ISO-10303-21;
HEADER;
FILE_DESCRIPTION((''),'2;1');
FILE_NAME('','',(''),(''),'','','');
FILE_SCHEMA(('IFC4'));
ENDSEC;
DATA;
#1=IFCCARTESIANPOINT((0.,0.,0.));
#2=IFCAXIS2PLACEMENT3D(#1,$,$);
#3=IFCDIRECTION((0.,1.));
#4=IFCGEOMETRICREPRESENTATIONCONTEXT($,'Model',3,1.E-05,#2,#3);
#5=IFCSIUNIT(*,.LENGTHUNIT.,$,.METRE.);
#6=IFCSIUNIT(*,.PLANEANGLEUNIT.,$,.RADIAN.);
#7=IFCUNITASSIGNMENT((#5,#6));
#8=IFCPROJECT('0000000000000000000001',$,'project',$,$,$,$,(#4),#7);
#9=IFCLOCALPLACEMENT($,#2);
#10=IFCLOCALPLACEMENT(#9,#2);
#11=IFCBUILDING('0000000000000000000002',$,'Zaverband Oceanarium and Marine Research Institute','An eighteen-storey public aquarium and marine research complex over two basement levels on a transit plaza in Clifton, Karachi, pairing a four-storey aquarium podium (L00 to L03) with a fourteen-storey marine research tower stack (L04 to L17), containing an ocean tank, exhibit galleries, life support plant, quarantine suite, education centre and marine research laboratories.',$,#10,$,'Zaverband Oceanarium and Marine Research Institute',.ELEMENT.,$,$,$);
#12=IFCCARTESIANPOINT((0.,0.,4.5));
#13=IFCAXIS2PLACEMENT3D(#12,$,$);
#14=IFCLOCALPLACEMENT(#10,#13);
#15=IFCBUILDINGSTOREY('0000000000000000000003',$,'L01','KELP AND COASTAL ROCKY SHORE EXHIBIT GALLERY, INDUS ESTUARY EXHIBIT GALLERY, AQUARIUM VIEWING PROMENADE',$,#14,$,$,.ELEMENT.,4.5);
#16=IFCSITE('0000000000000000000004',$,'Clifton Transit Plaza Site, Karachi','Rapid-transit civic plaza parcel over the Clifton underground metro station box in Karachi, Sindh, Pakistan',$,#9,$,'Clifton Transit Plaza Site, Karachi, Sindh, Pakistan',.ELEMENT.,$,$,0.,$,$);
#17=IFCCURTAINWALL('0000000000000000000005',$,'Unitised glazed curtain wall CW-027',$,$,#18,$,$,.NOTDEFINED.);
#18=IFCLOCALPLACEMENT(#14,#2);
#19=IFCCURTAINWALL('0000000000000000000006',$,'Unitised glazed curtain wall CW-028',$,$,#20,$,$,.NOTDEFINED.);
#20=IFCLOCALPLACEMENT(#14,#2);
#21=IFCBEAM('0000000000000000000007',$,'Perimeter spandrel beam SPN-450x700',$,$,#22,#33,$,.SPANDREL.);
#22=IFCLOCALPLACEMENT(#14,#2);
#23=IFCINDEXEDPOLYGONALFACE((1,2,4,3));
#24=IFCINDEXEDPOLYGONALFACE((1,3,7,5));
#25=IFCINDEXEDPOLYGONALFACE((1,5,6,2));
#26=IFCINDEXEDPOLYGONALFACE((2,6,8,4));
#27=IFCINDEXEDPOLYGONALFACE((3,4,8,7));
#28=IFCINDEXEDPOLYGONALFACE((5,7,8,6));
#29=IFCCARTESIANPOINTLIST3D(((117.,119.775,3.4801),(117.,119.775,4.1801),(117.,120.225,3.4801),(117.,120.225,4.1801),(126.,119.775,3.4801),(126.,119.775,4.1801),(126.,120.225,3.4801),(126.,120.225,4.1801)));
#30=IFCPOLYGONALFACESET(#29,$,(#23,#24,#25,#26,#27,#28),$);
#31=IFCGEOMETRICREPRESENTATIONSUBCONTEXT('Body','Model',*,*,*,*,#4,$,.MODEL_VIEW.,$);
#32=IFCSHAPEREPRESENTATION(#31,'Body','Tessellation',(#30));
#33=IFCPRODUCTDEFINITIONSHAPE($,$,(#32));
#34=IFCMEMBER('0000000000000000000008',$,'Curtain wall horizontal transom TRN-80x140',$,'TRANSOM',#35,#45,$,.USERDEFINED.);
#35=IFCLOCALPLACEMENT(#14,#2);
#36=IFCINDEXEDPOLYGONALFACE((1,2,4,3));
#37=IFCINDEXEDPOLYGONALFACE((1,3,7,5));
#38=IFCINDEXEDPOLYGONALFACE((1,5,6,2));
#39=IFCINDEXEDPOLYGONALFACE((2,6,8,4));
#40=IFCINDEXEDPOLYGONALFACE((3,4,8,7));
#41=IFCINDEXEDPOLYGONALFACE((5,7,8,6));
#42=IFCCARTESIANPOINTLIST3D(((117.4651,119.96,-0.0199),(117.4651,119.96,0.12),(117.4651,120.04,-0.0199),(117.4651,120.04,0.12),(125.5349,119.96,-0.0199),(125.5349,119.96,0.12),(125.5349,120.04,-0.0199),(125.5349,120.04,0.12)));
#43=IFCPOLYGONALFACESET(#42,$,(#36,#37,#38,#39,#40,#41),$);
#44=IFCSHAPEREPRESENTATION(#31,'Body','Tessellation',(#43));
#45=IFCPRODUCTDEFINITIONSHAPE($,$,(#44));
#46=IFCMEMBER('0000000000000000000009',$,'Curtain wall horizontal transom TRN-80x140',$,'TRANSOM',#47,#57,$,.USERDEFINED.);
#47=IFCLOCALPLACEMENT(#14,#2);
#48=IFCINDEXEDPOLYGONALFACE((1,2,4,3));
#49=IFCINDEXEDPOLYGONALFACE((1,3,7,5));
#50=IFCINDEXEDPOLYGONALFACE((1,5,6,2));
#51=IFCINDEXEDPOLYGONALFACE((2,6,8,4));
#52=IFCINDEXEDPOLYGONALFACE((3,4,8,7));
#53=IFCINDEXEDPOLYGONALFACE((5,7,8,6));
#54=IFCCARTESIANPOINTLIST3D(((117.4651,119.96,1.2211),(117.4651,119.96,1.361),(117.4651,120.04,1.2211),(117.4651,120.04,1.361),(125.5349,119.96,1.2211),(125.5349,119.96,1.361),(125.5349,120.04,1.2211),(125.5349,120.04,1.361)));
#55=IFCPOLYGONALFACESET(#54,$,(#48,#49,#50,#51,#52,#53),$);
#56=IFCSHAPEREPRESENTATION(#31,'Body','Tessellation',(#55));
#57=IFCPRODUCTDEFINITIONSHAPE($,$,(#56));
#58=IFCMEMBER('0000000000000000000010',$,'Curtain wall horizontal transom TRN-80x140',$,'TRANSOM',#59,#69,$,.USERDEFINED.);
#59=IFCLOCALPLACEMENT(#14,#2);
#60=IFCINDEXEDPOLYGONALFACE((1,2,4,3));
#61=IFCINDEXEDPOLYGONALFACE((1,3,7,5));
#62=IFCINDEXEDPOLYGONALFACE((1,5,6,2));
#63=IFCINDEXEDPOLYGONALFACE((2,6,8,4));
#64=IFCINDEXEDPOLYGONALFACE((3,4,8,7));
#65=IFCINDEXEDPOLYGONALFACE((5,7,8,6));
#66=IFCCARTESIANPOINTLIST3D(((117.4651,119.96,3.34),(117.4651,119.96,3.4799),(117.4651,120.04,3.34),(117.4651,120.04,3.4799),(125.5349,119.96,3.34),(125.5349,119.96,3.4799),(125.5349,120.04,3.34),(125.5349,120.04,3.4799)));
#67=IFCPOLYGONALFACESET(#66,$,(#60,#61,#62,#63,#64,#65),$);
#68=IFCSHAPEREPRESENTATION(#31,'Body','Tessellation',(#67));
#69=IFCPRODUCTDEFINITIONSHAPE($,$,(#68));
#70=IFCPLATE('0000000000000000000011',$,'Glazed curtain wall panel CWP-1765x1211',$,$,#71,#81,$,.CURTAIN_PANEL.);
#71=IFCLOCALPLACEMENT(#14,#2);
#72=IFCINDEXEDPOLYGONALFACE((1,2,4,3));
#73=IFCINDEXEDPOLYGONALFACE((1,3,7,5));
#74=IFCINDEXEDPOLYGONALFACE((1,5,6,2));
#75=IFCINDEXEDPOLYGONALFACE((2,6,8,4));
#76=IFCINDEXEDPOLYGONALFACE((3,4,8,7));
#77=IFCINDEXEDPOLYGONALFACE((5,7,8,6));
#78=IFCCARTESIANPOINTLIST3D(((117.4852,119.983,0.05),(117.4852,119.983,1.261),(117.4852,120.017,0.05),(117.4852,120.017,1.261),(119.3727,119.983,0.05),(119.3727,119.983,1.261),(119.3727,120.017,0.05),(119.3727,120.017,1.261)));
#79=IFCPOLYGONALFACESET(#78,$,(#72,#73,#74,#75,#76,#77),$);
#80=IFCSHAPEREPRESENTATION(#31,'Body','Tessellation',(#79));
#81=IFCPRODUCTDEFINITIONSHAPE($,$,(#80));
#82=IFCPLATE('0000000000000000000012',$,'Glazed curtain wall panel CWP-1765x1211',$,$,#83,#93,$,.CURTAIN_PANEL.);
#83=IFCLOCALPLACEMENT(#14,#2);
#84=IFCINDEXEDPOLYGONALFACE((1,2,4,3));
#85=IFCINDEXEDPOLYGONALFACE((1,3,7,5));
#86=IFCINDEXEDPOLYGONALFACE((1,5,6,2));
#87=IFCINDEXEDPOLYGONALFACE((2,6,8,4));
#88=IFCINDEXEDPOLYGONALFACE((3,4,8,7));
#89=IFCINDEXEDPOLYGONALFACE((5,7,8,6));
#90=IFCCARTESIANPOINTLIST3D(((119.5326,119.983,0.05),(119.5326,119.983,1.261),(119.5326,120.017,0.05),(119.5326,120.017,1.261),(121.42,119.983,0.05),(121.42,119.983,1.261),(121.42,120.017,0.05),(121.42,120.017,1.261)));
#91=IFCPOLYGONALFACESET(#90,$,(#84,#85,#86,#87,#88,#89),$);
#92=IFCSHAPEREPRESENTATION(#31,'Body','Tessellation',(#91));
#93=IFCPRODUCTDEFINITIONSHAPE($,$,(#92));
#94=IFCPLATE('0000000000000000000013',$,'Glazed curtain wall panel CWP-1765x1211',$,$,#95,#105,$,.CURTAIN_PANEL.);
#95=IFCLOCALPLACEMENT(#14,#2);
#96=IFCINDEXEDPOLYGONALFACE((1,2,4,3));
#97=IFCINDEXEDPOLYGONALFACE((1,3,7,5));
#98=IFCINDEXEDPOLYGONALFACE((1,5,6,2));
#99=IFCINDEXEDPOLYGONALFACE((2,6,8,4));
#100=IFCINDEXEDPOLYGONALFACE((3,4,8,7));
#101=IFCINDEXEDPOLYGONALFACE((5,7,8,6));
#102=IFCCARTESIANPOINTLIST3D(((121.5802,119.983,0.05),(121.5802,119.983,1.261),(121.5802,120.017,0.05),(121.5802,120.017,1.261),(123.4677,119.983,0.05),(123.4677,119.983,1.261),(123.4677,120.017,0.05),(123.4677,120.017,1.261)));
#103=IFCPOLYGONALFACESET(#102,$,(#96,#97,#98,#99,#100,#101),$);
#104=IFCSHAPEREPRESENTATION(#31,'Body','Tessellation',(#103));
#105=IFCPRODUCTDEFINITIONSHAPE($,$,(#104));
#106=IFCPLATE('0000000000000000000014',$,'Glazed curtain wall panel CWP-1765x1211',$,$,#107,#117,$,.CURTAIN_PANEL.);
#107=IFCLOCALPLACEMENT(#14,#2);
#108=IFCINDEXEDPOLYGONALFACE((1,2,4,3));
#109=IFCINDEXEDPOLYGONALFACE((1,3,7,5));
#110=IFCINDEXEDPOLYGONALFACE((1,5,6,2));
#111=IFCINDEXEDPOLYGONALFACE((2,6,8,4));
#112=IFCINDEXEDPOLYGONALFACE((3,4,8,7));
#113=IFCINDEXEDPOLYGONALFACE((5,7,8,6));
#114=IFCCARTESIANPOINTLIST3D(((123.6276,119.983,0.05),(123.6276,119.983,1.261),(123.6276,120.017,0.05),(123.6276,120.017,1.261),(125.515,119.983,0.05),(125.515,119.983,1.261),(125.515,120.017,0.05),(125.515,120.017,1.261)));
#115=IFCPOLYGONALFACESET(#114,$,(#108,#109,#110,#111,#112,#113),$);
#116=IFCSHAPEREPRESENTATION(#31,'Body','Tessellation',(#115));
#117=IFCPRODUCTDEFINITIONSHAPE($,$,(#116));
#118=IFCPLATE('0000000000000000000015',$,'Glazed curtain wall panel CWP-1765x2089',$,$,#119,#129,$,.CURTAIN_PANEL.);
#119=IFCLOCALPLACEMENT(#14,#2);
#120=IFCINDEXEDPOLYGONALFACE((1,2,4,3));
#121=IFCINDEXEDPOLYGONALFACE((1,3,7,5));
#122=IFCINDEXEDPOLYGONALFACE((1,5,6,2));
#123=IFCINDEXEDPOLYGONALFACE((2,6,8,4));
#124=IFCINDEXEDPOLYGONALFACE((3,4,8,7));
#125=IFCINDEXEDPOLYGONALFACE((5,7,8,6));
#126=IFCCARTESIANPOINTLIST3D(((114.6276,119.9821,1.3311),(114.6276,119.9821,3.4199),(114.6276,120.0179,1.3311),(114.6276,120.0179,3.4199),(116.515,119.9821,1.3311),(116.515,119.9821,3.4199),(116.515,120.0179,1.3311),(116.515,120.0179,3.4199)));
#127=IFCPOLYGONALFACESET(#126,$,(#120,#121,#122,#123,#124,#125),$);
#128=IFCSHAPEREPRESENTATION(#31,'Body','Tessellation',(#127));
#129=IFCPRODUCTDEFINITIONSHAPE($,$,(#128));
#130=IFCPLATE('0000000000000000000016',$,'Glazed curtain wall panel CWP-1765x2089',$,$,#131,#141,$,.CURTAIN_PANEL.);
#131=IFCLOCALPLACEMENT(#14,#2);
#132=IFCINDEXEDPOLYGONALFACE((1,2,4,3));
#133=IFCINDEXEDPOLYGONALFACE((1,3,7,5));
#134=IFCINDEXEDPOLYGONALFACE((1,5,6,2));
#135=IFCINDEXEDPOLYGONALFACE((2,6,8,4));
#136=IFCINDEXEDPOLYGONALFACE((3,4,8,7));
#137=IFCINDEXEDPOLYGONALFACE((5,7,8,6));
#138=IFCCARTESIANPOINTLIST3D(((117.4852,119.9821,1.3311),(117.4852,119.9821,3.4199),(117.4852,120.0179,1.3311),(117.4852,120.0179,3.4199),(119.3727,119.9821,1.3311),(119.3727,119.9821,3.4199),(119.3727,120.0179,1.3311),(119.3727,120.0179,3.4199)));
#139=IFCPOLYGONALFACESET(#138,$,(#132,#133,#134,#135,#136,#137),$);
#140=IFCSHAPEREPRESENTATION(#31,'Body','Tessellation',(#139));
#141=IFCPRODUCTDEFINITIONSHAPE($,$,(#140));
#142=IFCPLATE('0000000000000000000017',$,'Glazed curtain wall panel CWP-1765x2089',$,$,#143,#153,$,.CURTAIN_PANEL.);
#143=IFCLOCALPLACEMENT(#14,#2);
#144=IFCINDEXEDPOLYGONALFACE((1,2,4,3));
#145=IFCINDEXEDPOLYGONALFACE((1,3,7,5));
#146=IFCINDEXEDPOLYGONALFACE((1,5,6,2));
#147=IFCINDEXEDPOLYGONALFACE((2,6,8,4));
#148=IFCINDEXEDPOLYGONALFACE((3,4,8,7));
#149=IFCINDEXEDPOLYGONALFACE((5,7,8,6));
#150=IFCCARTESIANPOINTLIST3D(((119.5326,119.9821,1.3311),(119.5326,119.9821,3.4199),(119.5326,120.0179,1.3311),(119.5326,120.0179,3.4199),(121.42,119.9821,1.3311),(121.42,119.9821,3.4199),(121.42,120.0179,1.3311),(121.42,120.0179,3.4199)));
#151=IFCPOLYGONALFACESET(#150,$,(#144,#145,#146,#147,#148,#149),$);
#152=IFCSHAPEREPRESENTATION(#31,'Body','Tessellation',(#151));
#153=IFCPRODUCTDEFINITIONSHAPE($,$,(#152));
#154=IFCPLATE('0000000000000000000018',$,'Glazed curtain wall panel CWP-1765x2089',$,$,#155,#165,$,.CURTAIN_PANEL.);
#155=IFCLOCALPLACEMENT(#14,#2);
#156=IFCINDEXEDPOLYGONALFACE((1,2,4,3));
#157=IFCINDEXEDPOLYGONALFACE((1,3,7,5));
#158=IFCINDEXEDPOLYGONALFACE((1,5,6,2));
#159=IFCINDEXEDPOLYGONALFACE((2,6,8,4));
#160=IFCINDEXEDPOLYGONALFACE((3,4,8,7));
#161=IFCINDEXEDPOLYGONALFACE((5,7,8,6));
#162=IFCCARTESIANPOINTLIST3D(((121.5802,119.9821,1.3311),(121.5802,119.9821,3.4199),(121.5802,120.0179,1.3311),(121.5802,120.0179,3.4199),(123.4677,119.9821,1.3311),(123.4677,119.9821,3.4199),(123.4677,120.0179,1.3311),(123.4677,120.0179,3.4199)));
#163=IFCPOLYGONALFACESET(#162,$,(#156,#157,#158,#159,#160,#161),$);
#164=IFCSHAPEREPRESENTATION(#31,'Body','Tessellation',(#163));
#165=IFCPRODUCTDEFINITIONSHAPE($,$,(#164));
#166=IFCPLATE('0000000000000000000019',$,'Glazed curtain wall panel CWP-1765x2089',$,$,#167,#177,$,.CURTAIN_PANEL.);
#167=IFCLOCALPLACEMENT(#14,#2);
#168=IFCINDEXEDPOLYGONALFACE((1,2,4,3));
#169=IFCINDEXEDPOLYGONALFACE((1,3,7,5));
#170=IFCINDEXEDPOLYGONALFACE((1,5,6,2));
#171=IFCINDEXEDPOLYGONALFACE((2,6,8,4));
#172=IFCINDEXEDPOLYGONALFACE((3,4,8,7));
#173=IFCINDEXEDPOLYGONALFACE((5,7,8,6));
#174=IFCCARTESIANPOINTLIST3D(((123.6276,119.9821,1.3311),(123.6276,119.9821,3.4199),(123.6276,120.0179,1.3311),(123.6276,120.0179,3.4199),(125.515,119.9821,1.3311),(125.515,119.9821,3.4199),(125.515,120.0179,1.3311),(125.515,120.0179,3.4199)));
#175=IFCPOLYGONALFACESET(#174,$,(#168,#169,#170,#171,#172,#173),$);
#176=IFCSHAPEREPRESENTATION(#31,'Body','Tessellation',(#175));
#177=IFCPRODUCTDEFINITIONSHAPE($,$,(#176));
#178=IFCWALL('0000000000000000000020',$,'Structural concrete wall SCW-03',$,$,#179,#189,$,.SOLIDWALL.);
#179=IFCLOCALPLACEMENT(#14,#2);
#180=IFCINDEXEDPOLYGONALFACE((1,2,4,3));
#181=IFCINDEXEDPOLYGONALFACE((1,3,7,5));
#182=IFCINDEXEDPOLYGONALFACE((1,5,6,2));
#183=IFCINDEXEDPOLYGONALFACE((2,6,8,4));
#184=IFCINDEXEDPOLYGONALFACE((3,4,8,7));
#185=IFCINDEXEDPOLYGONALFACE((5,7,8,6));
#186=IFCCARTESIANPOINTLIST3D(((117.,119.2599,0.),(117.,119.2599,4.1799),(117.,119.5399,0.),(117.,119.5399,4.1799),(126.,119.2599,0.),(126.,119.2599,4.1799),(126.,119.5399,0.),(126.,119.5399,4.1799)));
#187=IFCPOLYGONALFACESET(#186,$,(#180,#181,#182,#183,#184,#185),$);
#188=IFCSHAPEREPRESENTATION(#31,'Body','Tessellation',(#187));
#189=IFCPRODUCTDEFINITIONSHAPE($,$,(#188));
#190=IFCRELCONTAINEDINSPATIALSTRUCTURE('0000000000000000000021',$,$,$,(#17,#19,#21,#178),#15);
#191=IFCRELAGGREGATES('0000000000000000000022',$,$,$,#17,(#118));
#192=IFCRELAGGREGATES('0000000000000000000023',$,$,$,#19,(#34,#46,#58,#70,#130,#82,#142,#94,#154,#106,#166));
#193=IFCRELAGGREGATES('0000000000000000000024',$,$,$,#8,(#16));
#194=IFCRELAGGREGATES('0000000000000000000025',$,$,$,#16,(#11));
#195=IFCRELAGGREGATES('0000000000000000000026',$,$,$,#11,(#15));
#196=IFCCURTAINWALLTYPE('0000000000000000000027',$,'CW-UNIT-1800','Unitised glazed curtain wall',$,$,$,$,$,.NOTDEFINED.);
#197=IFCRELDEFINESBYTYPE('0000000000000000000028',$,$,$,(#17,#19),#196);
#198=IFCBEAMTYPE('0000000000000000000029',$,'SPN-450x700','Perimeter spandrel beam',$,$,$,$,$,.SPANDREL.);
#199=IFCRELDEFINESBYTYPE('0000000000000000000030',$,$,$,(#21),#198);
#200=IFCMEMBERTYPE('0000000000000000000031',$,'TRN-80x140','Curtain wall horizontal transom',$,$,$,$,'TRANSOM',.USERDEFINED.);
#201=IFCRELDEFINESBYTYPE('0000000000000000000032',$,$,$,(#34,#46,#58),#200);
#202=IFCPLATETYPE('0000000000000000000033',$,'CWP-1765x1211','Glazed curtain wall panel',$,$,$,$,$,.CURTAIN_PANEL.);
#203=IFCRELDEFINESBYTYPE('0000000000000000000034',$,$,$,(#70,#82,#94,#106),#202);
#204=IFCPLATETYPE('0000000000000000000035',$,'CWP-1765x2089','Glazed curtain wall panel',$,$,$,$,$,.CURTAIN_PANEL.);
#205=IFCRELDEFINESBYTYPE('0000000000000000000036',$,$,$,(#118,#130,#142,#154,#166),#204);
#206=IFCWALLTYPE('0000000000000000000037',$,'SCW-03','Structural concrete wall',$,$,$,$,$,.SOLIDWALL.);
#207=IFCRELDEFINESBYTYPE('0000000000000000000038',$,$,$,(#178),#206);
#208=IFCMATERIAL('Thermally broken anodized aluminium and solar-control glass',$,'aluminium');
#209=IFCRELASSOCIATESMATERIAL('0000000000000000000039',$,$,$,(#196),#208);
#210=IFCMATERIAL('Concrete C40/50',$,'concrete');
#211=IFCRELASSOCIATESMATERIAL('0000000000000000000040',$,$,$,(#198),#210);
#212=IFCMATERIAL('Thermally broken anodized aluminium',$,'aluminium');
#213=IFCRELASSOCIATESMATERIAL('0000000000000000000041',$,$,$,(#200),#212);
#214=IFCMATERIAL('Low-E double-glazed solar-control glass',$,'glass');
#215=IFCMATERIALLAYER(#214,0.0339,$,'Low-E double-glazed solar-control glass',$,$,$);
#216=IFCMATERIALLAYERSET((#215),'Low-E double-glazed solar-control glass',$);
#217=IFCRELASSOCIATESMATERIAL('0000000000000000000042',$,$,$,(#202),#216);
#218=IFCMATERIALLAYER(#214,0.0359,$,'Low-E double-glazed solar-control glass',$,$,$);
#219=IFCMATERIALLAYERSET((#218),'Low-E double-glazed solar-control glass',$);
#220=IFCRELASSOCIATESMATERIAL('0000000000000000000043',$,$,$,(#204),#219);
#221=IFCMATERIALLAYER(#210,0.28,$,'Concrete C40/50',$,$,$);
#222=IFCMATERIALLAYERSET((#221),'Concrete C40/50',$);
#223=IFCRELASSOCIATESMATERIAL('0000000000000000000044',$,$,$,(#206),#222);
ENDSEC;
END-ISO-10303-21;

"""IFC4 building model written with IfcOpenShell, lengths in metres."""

from ifc_helpers import new_model, si_unit, direction, frame, frame_2d, origin, origin_2d, place, context, subcontext, project, spatial, rectangle, extrude, material, layer, layer_set, material_profile, profile_set, type_object, element, aggregate, save


model = new_model("IFC4")

# Units and contexts
model_context = context("Model", 3, precision=1e-05, world=origin(), true_north=direction((0.0, 1.0)))
body_context = subcontext(model_context, "Body", "Model", "MODEL_VIEW")
ifc_project = project(units=[si_unit("LENGTHUNIT", "METRE"), si_unit("PLANEANGLEUNIT", "RADIAN")], contexts=[model_context])

# Site, building, storey
site_placement = place(None, origin())
site = spatial("IfcSite", under=ifc_project, at=site_placement, Name="Clifton Transit Plaza Site, Karachi", Description="Rapid-transit civic plaza parcel over the Clifton underground metro station box in Karachi, Sindh, Pakistan", LongName="Clifton Transit Plaza Site, Karachi, Sindh, Pakistan", CompositionType="ELEMENT", RefElevation=0.0)
building_placement = place(site_placement, origin())
building = spatial("IfcBuilding", under=site, at=building_placement, Name="Zaverband Oceanarium and Marine Research Institute", Description="An eighteen-storey public aquarium and marine research complex over two basement levels on a transit plaza in Clifton, Karachi, pairing a four-storey aquarium podium (L00 to L03) with a fourteen-storey marine research tower stack (L04 to L17), containing an ocean tank, exhibit galleries, life support plant, quarantine suite, education centre and marine research laboratories.", LongName="Zaverband Oceanarium and Marine Research Institute", CompositionType="ELEMENT")
storey_placement = place(building_placement, frame((0.0, 0.0, 4.5)))
storey = spatial("IfcBuildingStorey", under=building, at=storey_placement, Name="L01", Description="KELP AND COASTAL ROCKY SHORE EXHIBIT GALLERY, INDUS ESTUARY EXHIBIT GALLERY, AQUARIUM VIEWING PROMENADE", CompositionType="ELEMENT", Elevation=4.5)

# Shared definitions
ifc_material_1 = material(Name="Concrete C40/50", Category="concrete")

# Curtain wall
ifc_material_2 = material(Name="Thermally broken anodized aluminium and solar-control glass", Category="aluminium")
curtain_wall_type = type_object("IfcCurtainWallType", Name="CW-UNIT-1800", Description="Unitised glazed curtain wall", PredefinedType="NOTDEFINED", material=ifc_material_2)
curtain_wall_1_placement = place(storey_placement, origin())
curtain_wall_1 = element("IfcCurtainWall", 1, at=curtain_wall_1_placement, inside=storey, type_object=curtain_wall_type, Name="Unitised glazed curtain wall CW-027", PredefinedType="NOTDEFINED")
ifc_material_3 = material(Name="Thermally broken anodized aluminium", Category="aluminium")

# Curtain wall
curtain_wall_2_placement = place(storey_placement, origin())
curtain_wall_2 = element("IfcCurtainWall", 2, at=curtain_wall_2_placement, inside=storey, type_object=curtain_wall_type, Name="Unitised glazed curtain wall CW-028", PredefinedType="NOTDEFINED")

# Beam
ifc_material_profile_1 = material_profile(ifc_material_1, rectangle(XDim=0.45, YDim=0.7, at=origin_2d()), Name="RC450x700")
ifc_profile_set_1 = profile_set([ifc_material_profile_1], Name="Concrete C40/50")
beam_type_1 = type_object("IfcBeamType", Name="SPN-450x700", Description="Perimeter spandrel beam", PredefinedType="SPANDREL", material=ifc_profile_set_1)
beam_placement = place(storey_placement, frame((117.0, 120.0, 3.8301), z_axis=(1.0, 0.0, 0.0), x_axis=(0.0, 1.0, 0.0)))
element("IfcBeam", 3, at=beam_placement, inside=storey, type_object=beam_type_1, Name="Perimeter spandrel beam SPN-450x700", PredefinedType="SPANDREL", context=body_context, shape_type="SweptSolid", body=[
    extrude(rectangle(XDim=0.45, YDim=0.7, at=origin_2d()), origin(), (0.0, 0.0, 1.0), 9.0),
])

# Members
ifc_material_profile_2 = material_profile(ifc_material_3, rectangle(XDim=0.0801, YDim=0.1399, at=origin_2d()), Name="AL-TRN-80x140")
ifc_profile_set_2 = profile_set([ifc_material_profile_2], Name="Thermally broken anodized aluminium")
member_type_1 = type_object("IfcMemberType", Name="TRN-80x140", Description="Curtain wall horizontal transom", ElementType="TRANSOM", PredefinedType="USERDEFINED", material=ifc_profile_set_2)
member_1_placement = place(storey_placement, frame((117.4651, 120.0, 0.05), z_axis=(1.0, 0.0, 0.0), x_axis=(0.0, 1.0, 0.0)))
member_1 = element("IfcMember", 4, at=member_1_placement, type_object=member_type_1, Name="Curtain wall horizontal transom TRN-80x140", ObjectType="TRANSOM", PredefinedType="USERDEFINED", context=body_context, shape_type="SweptSolid", body=[
    extrude(rectangle(XDim=0.0801, YDim=0.1399, at=origin_2d()), origin(), (0.0, 0.0, 1.0), 8.0698),
])
member_2_placement = place(storey_placement, frame((117.4651, 120.0, 1.291), z_axis=(1.0, 0.0, 0.0), x_axis=(0.0, 1.0, 0.0)))
member_2 = element("IfcMember", 5, at=member_2_placement, type_object=member_type_1, Name="Curtain wall horizontal transom TRN-80x140", ObjectType="TRANSOM", PredefinedType="USERDEFINED", context=body_context, shape_type="SweptSolid", body=[
    extrude(rectangle(XDim=0.0801, YDim=0.1399, at=origin_2d()), origin(), (0.0, 0.0, 1.0), 8.0698),
])
member_3_placement = place(storey_placement, frame((117.4651, 120.0, 3.4099), z_axis=(1.0, 0.0, 0.0), x_axis=(0.0, 1.0, 0.0)))
member_3 = element("IfcMember", 6, at=member_3_placement, type_object=member_type_1, Name="Curtain wall horizontal transom TRN-80x140", ObjectType="TRANSOM", PredefinedType="USERDEFINED", context=body_context, shape_type="SweptSolid", body=[
    extrude(rectangle(XDim=0.0801, YDim=0.1399, at=origin_2d()), origin(), (0.0, 0.0, 1.0), 8.0698),
])

# Plates
ifc_material_4 = material(Name="Low-E double-glazed solar-control glass", Category="glass")
ifc_layer_1 = layer(ifc_material_4, 0.0339, Name="Low-E double-glazed solar-control glass")
ifc_layer_set_1 = layer_set([ifc_layer_1], Name="Low-E double-glazed solar-control glass")
plate_type_1 = type_object("IfcPlateType", Name="CWP-1765x1211", Description="Glazed curtain wall panel", PredefinedType="CURTAIN_PANEL", material=ifc_layer_set_1)
plate_1_placement = place(storey_placement, frame((117.4851, 120.0, 0.05), z_axis=(0.0, 0.0, 1.0), x_axis=(1.0, 0.0, 0.0)))
plate_1 = element("IfcPlate", 7, at=plate_1_placement, type_object=plate_type_1, Name="Glazed curtain wall panel CWP-1765x1211", PredefinedType="CURTAIN_PANEL", context=body_context, shape_type="SweptSolid", body=[
    extrude(rectangle(XDim=1.8875, YDim=0.0339, at=frame_2d((0.9438, 0.0))), origin(), (0.0, 0.0, 1.0), 1.2109),
])
plate_2_placement = place(storey_placement, frame((119.5325, 120.0, 0.05), z_axis=(0.0, 0.0, 1.0), x_axis=(1.0, 0.0, 0.0)))
plate_2 = element("IfcPlate", 8, at=plate_2_placement, type_object=plate_type_1, Name="Glazed curtain wall panel CWP-1765x1211", PredefinedType="CURTAIN_PANEL", context=body_context, shape_type="SweptSolid", body=[
    extrude(rectangle(XDim=1.8875, YDim=0.0339, at=frame_2d((0.9438, 0.0))), origin(), (0.0, 0.0, 1.0), 1.2109),
])
plate_3_placement = place(storey_placement, frame((121.5801, 120.0, 0.05), z_axis=(0.0, 0.0, 1.0), x_axis=(1.0, 0.0, 0.0)))
plate_3 = element("IfcPlate", 9, at=plate_3_placement, type_object=plate_type_1, Name="Glazed curtain wall panel CWP-1765x1211", PredefinedType="CURTAIN_PANEL", context=body_context, shape_type="SweptSolid", body=[
    extrude(rectangle(XDim=1.8875, YDim=0.0339, at=frame_2d((0.9438, 0.0))), origin(), (0.0, 0.0, 1.0), 1.2109),
])
plate_4_placement = place(storey_placement, frame((123.6274, 120.0, 0.05), z_axis=(0.0, 0.0, 1.0), x_axis=(1.0, 0.0, 0.0)))
plate_4 = element("IfcPlate", 10, at=plate_4_placement, type_object=plate_type_1, Name="Glazed curtain wall panel CWP-1765x1211", PredefinedType="CURTAIN_PANEL", context=body_context, shape_type="SweptSolid", body=[
    extrude(rectangle(XDim=1.8875, YDim=0.0339, at=frame_2d((0.9438, 0.0))), origin(), (0.0, 0.0, 1.0), 1.2109),
])
ifc_layer_2 = layer(ifc_material_4, 0.0359, Name="Low-E double-glazed solar-control glass")
ifc_layer_set_2 = layer_set([ifc_layer_2], Name="Low-E double-glazed solar-control glass")
plate_type_2 = type_object("IfcPlateType", Name="CWP-1765x2089", Description="Glazed curtain wall panel", PredefinedType="CURTAIN_PANEL", material=ifc_layer_set_2)
plate_5_placement = place(storey_placement, frame((114.6274, 120.0, 1.3311), z_axis=(0.0, 0.0, 1.0), x_axis=(1.0, 0.0, 0.0)))
plate_5 = element("IfcPlate", 11, at=plate_5_placement, type_object=plate_type_2, Name="Glazed curtain wall panel CWP-1765x2089", PredefinedType="CURTAIN_PANEL", context=body_context, shape_type="SweptSolid", body=[
    extrude(rectangle(XDim=1.8875, YDim=0.0359, at=frame_2d((0.9438, 0.0))), origin(), (0.0, 0.0, 1.0), 2.0889),
])
aggregate(curtain_wall_1, [plate_5])
plate_6_placement = place(storey_placement, frame((117.4851, 120.0, 1.3311), z_axis=(0.0, 0.0, 1.0), x_axis=(1.0, 0.0, 0.0)))
plate_6 = element("IfcPlate", 12, at=plate_6_placement, type_object=plate_type_2, Name="Glazed curtain wall panel CWP-1765x2089", PredefinedType="CURTAIN_PANEL", context=body_context, shape_type="SweptSolid", body=[
    extrude(rectangle(XDim=1.8875, YDim=0.0359, at=frame_2d((0.9438, 0.0))), origin(), (0.0, 0.0, 1.0), 2.0889),
])
plate_7_placement = place(storey_placement, frame((119.5325, 120.0, 1.3311), z_axis=(0.0, 0.0, 1.0), x_axis=(1.0, 0.0, 0.0)))
plate_7 = element("IfcPlate", 13, at=plate_7_placement, type_object=plate_type_2, Name="Glazed curtain wall panel CWP-1765x2089", PredefinedType="CURTAIN_PANEL", context=body_context, shape_type="SweptSolid", body=[
    extrude(rectangle(XDim=1.8875, YDim=0.0359, at=frame_2d((0.9438, 0.0))), origin(), (0.0, 0.0, 1.0), 2.0889),
])
plate_8_placement = place(storey_placement, frame((121.5801, 120.0, 1.3311), z_axis=(0.0, 0.0, 1.0), x_axis=(1.0, 0.0, 0.0)))
plate_8 = element("IfcPlate", 14, at=plate_8_placement, type_object=plate_type_2, Name="Glazed curtain wall panel CWP-1765x2089", PredefinedType="CURTAIN_PANEL", context=body_context, shape_type="SweptSolid", body=[
    extrude(rectangle(XDim=1.8875, YDim=0.0359, at=frame_2d((0.9438, 0.0))), origin(), (0.0, 0.0, 1.0), 2.0889),
])
plate_9_placement = place(storey_placement, frame((123.6274, 120.0, 1.3311), z_axis=(0.0, 0.0, 1.0), x_axis=(1.0, 0.0, 0.0)))
plate_9 = element("IfcPlate", 15, at=plate_9_placement, type_object=plate_type_2, Name="Glazed curtain wall panel CWP-1765x2089", PredefinedType="CURTAIN_PANEL", context=body_context, shape_type="SweptSolid", body=[
    extrude(rectangle(XDim=1.8875, YDim=0.0359, at=frame_2d((0.9438, 0.0))), origin(), (0.0, 0.0, 1.0), 2.0889),
])
aggregate(curtain_wall_2, [member_1, member_2, member_3, plate_1, plate_6, plate_2, plate_7, plate_3, plate_8, plate_4, plate_9])

# Wall
ifc_layer_3 = layer(ifc_material_1, 0.28, Name="Concrete C40/50")
ifc_layer_set_3 = layer_set([ifc_layer_3], Name="Concrete C40/50")
wall_type = type_object("IfcWallType", Name="SCW-03", Description="Structural concrete wall", PredefinedType="SOLIDWALL", material=ifc_layer_set_3)
wall_placement = place(storey_placement, frame((117.0, 119.3999, 0.0), z_axis=(0.0, 0.0, 1.0), x_axis=(1.0, 0.0, 0.0)))
element("IfcWall", 16, at=wall_placement, inside=storey, type_object=wall_type, Name="Structural concrete wall SCW-03", PredefinedType="SOLIDWALL", context=body_context, shape_type="SweptSolid", body=[
    extrude(rectangle(XDim=9.0, YDim=0.28, at=frame_2d((4.5, 0.0))), origin(), (0.0, 0.0, 1.0), 4.1799),
])

save(model, "model.ifc")
